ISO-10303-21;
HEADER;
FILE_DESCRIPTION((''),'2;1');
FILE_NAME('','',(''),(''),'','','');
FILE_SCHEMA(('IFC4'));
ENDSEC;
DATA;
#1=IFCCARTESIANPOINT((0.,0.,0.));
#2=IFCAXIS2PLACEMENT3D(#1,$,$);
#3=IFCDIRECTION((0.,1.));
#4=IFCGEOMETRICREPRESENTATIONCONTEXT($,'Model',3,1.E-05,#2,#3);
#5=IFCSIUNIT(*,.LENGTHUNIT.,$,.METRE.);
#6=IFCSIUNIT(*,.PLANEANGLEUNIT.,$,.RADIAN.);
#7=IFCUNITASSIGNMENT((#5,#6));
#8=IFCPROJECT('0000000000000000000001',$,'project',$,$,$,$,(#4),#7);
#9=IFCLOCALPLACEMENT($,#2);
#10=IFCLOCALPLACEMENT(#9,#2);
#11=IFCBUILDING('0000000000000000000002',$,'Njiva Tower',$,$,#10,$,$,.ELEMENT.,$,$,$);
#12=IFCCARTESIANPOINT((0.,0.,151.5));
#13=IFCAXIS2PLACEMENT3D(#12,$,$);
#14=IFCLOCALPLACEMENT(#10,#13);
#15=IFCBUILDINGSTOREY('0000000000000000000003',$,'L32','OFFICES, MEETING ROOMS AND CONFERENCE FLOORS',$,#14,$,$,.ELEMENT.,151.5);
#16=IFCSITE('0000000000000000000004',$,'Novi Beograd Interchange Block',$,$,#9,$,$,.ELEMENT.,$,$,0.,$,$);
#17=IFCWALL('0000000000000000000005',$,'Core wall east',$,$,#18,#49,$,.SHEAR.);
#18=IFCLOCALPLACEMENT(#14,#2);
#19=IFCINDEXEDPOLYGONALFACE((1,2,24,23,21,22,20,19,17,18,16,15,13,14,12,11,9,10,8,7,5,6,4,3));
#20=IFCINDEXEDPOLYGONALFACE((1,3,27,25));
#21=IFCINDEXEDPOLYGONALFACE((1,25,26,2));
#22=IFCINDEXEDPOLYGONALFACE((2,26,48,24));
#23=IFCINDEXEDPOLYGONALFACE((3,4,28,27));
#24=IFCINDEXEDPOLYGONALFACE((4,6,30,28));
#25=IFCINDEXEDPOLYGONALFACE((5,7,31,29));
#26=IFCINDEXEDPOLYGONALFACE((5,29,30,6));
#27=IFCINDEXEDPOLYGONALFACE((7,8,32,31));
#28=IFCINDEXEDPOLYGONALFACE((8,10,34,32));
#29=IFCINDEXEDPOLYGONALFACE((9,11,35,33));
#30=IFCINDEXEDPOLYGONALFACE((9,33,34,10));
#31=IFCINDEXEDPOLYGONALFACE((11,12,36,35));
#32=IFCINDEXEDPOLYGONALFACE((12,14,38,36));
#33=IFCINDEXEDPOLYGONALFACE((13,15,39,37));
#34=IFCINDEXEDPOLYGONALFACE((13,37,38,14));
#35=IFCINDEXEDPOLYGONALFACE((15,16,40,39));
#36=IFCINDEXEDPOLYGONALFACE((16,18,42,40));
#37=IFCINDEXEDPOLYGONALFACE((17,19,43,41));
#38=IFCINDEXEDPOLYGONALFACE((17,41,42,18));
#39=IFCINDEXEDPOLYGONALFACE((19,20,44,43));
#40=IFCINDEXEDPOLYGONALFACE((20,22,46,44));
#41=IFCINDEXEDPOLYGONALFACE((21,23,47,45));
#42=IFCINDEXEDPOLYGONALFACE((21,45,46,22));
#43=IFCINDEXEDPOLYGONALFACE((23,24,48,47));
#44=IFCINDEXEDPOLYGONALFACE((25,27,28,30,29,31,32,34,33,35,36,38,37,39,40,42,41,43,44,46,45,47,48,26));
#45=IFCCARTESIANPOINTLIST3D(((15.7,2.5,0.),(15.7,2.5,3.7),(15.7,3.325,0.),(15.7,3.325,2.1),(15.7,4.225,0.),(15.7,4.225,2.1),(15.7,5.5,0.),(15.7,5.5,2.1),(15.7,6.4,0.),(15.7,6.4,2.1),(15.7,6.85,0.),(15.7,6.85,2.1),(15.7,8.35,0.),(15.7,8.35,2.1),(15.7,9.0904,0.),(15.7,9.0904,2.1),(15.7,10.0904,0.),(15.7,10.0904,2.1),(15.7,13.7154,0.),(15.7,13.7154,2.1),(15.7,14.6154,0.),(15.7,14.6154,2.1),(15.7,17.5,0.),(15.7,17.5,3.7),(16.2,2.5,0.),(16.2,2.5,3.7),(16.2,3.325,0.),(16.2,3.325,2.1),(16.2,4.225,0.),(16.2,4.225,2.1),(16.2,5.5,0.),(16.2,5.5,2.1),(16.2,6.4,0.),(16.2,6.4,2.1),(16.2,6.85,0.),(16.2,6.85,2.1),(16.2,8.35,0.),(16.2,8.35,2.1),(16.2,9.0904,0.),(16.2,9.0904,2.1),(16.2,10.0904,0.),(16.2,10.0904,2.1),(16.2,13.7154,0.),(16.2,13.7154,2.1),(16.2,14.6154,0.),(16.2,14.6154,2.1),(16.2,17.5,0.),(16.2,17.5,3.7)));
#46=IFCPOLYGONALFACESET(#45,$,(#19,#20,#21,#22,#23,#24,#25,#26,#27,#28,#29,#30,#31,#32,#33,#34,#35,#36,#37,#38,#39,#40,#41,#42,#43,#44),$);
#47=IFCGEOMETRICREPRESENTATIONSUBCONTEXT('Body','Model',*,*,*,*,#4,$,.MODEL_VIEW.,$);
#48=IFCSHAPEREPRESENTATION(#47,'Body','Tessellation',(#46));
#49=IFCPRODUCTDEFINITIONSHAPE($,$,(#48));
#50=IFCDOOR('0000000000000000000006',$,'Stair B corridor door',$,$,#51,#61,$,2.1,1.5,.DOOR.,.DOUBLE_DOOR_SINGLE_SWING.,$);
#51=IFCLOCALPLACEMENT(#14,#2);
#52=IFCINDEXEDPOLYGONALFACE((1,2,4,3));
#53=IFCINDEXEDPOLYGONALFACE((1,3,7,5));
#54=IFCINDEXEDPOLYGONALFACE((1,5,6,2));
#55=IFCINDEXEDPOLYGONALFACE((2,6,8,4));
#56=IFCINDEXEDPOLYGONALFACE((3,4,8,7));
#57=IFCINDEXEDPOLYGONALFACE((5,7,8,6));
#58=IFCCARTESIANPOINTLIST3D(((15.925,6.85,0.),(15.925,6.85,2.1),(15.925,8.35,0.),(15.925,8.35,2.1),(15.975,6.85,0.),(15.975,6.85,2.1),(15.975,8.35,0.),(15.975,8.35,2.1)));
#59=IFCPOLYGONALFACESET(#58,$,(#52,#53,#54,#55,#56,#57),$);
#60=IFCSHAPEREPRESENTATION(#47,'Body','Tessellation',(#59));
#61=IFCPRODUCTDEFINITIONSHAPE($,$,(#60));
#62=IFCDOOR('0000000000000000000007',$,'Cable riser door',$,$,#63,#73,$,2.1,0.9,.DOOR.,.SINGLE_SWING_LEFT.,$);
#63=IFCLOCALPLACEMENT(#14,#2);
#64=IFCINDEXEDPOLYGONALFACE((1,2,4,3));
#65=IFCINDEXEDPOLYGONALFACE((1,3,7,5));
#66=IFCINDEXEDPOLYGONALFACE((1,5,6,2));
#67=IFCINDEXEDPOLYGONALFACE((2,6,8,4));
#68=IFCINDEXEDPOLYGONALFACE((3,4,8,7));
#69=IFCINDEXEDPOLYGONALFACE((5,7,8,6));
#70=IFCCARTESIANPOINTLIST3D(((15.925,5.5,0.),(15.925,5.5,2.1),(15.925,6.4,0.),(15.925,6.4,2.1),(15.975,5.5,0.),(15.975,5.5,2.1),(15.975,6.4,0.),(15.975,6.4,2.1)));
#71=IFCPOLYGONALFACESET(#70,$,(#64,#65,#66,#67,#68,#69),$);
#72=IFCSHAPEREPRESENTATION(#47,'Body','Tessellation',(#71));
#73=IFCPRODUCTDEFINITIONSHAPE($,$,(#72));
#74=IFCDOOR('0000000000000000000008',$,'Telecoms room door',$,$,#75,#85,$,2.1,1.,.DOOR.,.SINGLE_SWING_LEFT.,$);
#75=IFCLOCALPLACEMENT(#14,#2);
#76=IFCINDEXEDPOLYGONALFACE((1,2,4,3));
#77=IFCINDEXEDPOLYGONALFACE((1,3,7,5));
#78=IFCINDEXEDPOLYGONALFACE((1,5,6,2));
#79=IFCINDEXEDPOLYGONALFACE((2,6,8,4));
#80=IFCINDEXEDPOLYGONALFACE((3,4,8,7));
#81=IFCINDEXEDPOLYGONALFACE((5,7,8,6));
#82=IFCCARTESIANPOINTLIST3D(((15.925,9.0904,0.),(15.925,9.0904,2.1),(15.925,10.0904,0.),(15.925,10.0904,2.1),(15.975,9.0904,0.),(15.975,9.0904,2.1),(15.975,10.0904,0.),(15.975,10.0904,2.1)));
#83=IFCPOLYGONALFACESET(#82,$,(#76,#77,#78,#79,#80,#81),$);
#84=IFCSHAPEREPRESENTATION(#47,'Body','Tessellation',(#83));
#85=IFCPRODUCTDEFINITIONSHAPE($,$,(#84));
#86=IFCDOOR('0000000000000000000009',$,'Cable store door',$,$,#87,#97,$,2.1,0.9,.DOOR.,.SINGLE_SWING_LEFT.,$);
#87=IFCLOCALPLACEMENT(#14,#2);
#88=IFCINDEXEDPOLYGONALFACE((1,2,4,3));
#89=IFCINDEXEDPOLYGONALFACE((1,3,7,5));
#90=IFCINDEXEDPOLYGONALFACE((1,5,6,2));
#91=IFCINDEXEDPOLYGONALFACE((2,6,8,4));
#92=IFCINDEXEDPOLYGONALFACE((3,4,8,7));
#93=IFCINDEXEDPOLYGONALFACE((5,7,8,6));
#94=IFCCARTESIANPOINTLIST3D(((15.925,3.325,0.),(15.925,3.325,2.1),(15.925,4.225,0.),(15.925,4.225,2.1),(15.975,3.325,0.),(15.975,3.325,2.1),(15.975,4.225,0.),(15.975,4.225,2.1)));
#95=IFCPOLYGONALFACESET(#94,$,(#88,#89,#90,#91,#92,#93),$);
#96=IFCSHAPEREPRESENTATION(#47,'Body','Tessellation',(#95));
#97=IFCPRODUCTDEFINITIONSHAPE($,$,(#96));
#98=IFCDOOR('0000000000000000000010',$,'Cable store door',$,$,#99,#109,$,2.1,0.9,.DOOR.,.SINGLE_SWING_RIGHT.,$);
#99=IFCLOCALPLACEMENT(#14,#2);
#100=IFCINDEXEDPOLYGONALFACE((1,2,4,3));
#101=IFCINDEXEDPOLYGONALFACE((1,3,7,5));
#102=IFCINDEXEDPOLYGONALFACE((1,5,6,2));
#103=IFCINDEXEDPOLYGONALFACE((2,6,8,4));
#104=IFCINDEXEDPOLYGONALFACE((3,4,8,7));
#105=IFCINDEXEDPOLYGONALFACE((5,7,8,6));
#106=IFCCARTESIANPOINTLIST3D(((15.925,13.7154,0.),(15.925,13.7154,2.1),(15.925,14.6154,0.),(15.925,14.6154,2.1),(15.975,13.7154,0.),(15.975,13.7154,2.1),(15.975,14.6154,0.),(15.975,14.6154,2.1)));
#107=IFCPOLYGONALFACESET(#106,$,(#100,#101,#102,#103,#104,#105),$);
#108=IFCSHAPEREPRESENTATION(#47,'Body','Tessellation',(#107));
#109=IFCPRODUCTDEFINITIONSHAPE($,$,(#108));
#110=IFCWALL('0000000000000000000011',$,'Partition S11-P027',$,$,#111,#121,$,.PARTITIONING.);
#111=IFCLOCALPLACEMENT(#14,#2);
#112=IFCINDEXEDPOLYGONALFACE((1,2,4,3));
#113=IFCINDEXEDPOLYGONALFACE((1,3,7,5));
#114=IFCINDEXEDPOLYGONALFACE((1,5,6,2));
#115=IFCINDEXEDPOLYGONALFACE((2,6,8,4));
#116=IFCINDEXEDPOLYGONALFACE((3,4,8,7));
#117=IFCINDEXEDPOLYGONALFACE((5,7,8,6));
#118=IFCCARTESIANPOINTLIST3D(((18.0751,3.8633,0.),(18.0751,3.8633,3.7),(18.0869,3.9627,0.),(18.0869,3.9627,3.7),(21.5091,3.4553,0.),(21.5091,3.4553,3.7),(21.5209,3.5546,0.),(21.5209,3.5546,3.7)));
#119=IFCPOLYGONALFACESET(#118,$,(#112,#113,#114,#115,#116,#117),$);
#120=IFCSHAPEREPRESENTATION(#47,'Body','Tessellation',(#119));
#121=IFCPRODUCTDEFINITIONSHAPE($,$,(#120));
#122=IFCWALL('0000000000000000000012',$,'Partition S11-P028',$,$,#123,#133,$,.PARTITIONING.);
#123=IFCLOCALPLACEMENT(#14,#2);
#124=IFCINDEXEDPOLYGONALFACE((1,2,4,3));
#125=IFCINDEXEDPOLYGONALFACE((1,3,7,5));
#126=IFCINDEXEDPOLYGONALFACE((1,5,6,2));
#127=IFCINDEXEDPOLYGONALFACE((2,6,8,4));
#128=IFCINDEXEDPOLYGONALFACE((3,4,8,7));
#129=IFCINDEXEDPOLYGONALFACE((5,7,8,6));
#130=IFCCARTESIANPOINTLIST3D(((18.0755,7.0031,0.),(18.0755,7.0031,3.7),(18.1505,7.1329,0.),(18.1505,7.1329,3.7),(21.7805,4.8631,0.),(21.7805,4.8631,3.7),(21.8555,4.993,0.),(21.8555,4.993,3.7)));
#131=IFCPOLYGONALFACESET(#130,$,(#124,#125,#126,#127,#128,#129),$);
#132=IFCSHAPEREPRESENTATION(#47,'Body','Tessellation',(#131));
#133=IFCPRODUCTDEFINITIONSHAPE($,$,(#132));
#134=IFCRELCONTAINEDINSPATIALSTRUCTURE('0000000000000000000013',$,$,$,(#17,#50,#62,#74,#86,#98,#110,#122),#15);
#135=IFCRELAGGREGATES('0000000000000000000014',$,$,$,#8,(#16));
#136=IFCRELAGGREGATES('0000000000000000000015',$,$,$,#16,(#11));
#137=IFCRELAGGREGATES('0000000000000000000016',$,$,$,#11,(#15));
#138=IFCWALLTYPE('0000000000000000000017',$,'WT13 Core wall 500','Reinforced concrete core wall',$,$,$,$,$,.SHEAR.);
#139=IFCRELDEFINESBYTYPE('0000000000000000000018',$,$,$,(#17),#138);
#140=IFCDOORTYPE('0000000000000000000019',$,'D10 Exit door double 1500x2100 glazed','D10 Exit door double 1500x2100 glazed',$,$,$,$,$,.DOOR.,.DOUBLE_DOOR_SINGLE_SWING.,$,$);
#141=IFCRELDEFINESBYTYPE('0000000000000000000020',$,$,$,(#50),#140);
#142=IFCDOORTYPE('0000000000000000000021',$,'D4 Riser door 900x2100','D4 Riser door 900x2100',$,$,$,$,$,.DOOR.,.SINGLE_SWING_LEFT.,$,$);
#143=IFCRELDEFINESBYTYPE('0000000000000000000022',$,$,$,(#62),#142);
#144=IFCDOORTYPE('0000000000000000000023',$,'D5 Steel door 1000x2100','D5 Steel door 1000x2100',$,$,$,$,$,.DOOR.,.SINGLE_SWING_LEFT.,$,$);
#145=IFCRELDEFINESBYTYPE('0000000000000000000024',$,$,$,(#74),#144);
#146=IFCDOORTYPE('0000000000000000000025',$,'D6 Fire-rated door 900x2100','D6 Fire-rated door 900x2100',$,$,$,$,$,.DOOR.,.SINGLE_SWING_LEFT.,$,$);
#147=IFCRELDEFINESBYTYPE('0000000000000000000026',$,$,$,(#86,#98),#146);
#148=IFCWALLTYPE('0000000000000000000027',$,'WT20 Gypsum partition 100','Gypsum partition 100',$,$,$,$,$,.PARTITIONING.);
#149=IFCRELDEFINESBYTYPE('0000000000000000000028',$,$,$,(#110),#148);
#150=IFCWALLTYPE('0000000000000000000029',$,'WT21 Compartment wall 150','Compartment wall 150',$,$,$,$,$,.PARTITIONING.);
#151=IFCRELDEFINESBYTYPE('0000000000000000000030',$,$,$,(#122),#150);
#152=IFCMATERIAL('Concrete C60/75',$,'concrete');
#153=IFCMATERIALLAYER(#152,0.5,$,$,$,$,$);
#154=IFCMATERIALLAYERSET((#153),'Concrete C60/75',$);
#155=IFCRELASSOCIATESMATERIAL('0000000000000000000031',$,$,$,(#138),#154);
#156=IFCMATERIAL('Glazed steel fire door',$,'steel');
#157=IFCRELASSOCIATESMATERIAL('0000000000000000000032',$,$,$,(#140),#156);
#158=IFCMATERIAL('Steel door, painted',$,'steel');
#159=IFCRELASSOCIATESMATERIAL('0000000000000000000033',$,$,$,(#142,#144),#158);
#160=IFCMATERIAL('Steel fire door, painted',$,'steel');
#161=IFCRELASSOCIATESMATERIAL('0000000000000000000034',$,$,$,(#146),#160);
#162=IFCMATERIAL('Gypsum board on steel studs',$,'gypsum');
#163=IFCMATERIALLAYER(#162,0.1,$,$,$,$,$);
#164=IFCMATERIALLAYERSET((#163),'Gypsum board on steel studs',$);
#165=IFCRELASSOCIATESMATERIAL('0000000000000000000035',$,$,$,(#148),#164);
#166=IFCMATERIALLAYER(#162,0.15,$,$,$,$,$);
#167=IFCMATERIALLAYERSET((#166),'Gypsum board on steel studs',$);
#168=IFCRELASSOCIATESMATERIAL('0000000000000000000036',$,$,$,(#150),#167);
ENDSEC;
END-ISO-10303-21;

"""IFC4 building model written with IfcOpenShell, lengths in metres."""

from ifc_helpers import new_model, si_unit, direction, frame, frame_2d, origin, place, context, subcontext, project, spatial, rectangle, extrude, material, layer, layer_set, type_object, element, fill, save


model = new_model("IFC4")

# Units and contexts
model_context = context("Model", 3, precision=1e-05, world=origin(), true_north=direction((0.0, 1.0)))
body_context = subcontext(model_context, "Body", "Model", "MODEL_VIEW")
ifc_project = project(units=[si_unit("LENGTHUNIT", "METRE"), si_unit("PLANEANGLEUNIT", "RADIAN")], contexts=[model_context])

# Site, building, storey
site_placement = place(None, origin())
site = spatial("IfcSite", under=ifc_project, at=site_placement, Name="Novi Beograd Interchange Block", CompositionType="ELEMENT", RefElevation=0.0)
building_placement = place(site_placement, origin())
building = spatial("IfcBuilding", under=site, at=building_placement, Name="Njiva Tower", CompositionType="ELEMENT")
storey_placement = place(building_placement, frame((0.0, 0.0, 151.5)))
storey = spatial("IfcBuildingStorey", under=building, at=storey_placement, Name="L32", Description="OFFICES, MEETING ROOMS AND CONFERENCE FLOORS", CompositionType="ELEMENT", Elevation=151.5)

# Wall, openings, doors
ifc_material_1 = material(Name="Concrete C60/75", Category="concrete")
ifc_layer_1 = layer(ifc_material_1, 0.5)
ifc_layer_set_1 = layer_set([ifc_layer_1], Name="Concrete C60/75")
wall_type_1 = type_object("IfcWallType", Name="WT13 Core wall 500", Description="Reinforced concrete core wall", PredefinedType="SHEAR", material=ifc_layer_set_1)
wall_1_placement = place(storey_placement, frame((15.95, 2.5, 0.0), z_axis=(0.0, 0.0, 1.0), x_axis=(0.0, 1.0, 0.0)))
wall_1 = element("IfcWall", 1, at=wall_1_placement, inside=storey, type_object=wall_type_1, Name="Core wall east", PredefinedType="SHEAR", context=body_context, shape_type="SweptSolid", body=[
    extrude(rectangle(XDim=15.0, YDim=0.5, at=frame_2d((7.5, 0.0))), origin(), (0.0, 0.0, 1.0), 3.7),
])
opening_1_placement = place(wall_1_placement, frame((4.35, 0.0, 0.0)))
opening_1 = element("IfcOpeningElement", 2, at=opening_1_placement, cuts=wall_1, PredefinedType="OPENING", context=body_context, shape_type="SweptSolid", body=[
    extrude(rectangle(XDim=1.5, YDim=2.1, at=frame_2d((0.75, 1.05))), frame((0.0, 0.26, 0.0), z_axis=(0.0, -1.0, 0.0), x_axis=(1.0, 0.0, 0.0)), (0.0, 0.0, 1.0), 0.52),
])
opening_2_placement = place(wall_1_placement, frame((0.825, 0.0, 0.0)))
opening_2 = element("IfcOpeningElement", 3, at=opening_2_placement, cuts=wall_1, PredefinedType="OPENING", context=body_context, shape_type="SweptSolid", body=[
    extrude(rectangle(XDim=0.9, YDim=2.1, at=frame_2d((0.45, 1.05))), frame((0.0, 0.26, 0.0), z_axis=(0.0, -1.0, 0.0), x_axis=(1.0, 0.0, 0.0)), (0.0, 0.0, 1.0), 0.52),
])
opening_3_placement = place(wall_1_placement, frame((3.0, 0.0, 0.0)))
opening_3 = element("IfcOpeningElement", 4, at=opening_3_placement, cuts=wall_1, PredefinedType="OPENING", context=body_context, shape_type="SweptSolid", body=[
    extrude(rectangle(XDim=0.9, YDim=2.1, at=frame_2d((0.45, 1.05))), frame((0.0, 0.26, 0.0), z_axis=(0.0, -1.0, 0.0), x_axis=(1.0, 0.0, 0.0)), (0.0, 0.0, 1.0), 0.52),
])
opening_4_placement = place(wall_1_placement, frame((6.5904, 0.0, 0.0)))
opening_4 = element("IfcOpeningElement", 5, at=opening_4_placement, cuts=wall_1, PredefinedType="OPENING", context=body_context, shape_type="SweptSolid", body=[
    extrude(rectangle(XDim=1.0, YDim=2.1, at=frame_2d((0.5, 1.05))), frame((0.0, 0.26, 0.0), z_axis=(0.0, -1.0, 0.0), x_axis=(1.0, 0.0, 0.0)), (0.0, 0.0, 1.0), 0.52),
])
opening_5_placement = place(wall_1_placement, frame((11.2154, 0.0, 0.0)))
opening_5 = element("IfcOpeningElement", 6, at=opening_5_placement, cuts=wall_1, PredefinedType="OPENING", context=body_context, shape_type="SweptSolid", body=[
    extrude(rectangle(XDim=0.9, YDim=2.1, at=frame_2d((0.45, 1.05))), frame((0.0, 0.26, 0.0), z_axis=(0.0, -1.0, 0.0), x_axis=(1.0, 0.0, 0.0)), (0.0, 0.0, 1.0), 0.52),
])
ifc_material_2 = material(Name="Glazed steel fire door", Category="steel")
door_type_1 = type_object("IfcDoorType", Name="D10 Exit door double 1500x2100 glazed", Description="D10 Exit door double 1500x2100 glazed", OperationType="DOUBLE_DOOR_SINGLE_SWING", PredefinedType="DOOR", material=ifc_material_2)
door_1_placement = place(opening_1_placement, origin())
door_1 = element("IfcDoor", 7, at=door_1_placement, inside=storey, type_object=door_type_1, Name="Stair B corridor door", OperationType="DOUBLE_DOOR_SINGLE_SWING", OverallHeight=2.1, OverallWidth=1.5, PredefinedType="DOOR", context=body_context, shape_type="SweptSolid", body=[
    extrude(rectangle(XDim=1.5, YDim=2.1, at=frame_2d((0.75, 1.05))), frame((0.0, 0.025, 0.0), z_axis=(0.0, -1.0, 0.0), x_axis=(1.0, 0.0, 0.0)), (0.0, 0.0, 1.0), 0.05),
])
fill(opening_1, door_1)
ifc_material_3 = material(Name="Steel door, painted", Category="steel")
door_type_2 = type_object("IfcDoorType", Name="D4 Riser door 900x2100", Description="D4 Riser door 900x2100", OperationType="SINGLE_SWING_LEFT", PredefinedType="DOOR", material=ifc_material_3)
door_2_placement = place(opening_3_placement, origin())
door_2 = element("IfcDoor", 8, at=door_2_placement, inside=storey, type_object=door_type_2, Name="Cable riser door", OperationType="SINGLE_SWING_LEFT", OverallHeight=2.1, OverallWidth=0.9, PredefinedType="DOOR", context=body_context, shape_type="SweptSolid", body=[
    extrude(rectangle(XDim=0.9, YDim=2.1, at=frame_2d((0.45, 1.05))), frame((0.0, 0.025, 0.0), z_axis=(0.0, -1.0, 0.0), x_axis=(1.0, 0.0, 0.0)), (0.0, 0.0, 1.0), 0.05),
])
fill(opening_3, door_2)
door_type_3 = type_object("IfcDoorType", Name="D5 Steel door 1000x2100", Description="D5 Steel door 1000x2100", OperationType="SINGLE_SWING_LEFT", PredefinedType="DOOR", material=ifc_material_3)
door_3_placement = place(opening_4_placement, origin())
door_3 = element("IfcDoor", 9, at=door_3_placement, inside=storey, type_object=door_type_3, Name="Telecoms room door", OperationType="SINGLE_SWING_LEFT", OverallHeight=2.1, OverallWidth=1.0, PredefinedType="DOOR", context=body_context, shape_type="SweptSolid", body=[
    extrude(rectangle(XDim=1.0, YDim=2.1, at=frame_2d((0.5, 1.05))), frame((0.0, 0.025, 0.0), z_axis=(0.0, -1.0, 0.0), x_axis=(1.0, 0.0, 0.0)), (0.0, 0.0, 1.0), 0.05),
])
fill(opening_4, door_3)
ifc_material_4 = material(Name="Steel fire door, painted", Category="steel")
door_type_4 = type_object("IfcDoorType", Name="D6 Fire-rated door 900x2100", Description="D6 Fire-rated door 900x2100", OperationType="SINGLE_SWING_LEFT", PredefinedType="DOOR", material=ifc_material_4)
door_4_placement = place(opening_2_placement, origin())
door_4 = element("IfcDoor", 10, at=door_4_placement, inside=storey, type_object=door_type_4, Name="Cable store door", OperationType="SINGLE_SWING_LEFT", OverallHeight=2.1, OverallWidth=0.9, PredefinedType="DOOR", context=body_context, shape_type="SweptSolid", body=[
    extrude(rectangle(XDim=0.9, YDim=2.1, at=frame_2d((0.45, 1.05))), frame((0.0, 0.025, 0.0), z_axis=(0.0, -1.0, 0.0), x_axis=(1.0, 0.0, 0.0)), (0.0, 0.0, 1.0), 0.05),
])
fill(opening_2, door_4)
door_5_placement = place(opening_5_placement, origin())
door_5 = element("IfcDoor", 11, at=door_5_placement, inside=storey, type_object=door_type_4, Name="Cable store door", OperationType="SINGLE_SWING_RIGHT", OverallHeight=2.1, OverallWidth=0.9, PredefinedType="DOOR", context=body_context, shape_type="SweptSolid", body=[
    extrude(rectangle(XDim=0.9, YDim=2.1, at=frame_2d((0.45, 1.05))), frame((0.0, 0.025, 0.0), z_axis=(0.0, -1.0, 0.0), x_axis=(1.0, 0.0, 0.0)), (0.0, 0.0, 1.0), 0.05),
])
fill(opening_5, door_5)

# Walls
ifc_material_5 = material(Name="Gypsum board on steel studs", Category="gypsum")
ifc_layer_2 = layer(ifc_material_5, 0.1)
ifc_layer_set_2 = layer_set([ifc_layer_2], Name="Gypsum board on steel studs")
wall_type_2 = type_object("IfcWallType", Name="WT20 Gypsum partition 100", Description="Gypsum partition 100", PredefinedType="PARTITIONING", material=ifc_layer_set_2)
wall_2_placement = place(storey_placement, frame((18.081, 3.913, 0.0), z_axis=(0.0, 0.0, 1.0), x_axis=(0.993016, -0.117982, 0.0)))
element("IfcWall", 12, at=wall_2_placement, inside=storey, type_object=wall_type_2, Name="Partition S11-P027", PredefinedType="PARTITIONING", context=body_context, shape_type="SweptSolid", body=[
    extrude(rectangle(XDim=3.4582, YDim=0.1, at=frame_2d((1.7291, 0.0))), origin(), (0.0, 0.0, 1.0), 3.7),
])
ifc_layer_3 = layer(ifc_material_5, 0.15)
ifc_layer_set_3 = layer_set([ifc_layer_3], Name="Gypsum board on steel studs")
wall_type_3 = type_object("IfcWallType", Name="WT21 Compartment wall 150", Description="Compartment wall 150", PredefinedType="PARTITIONING", material=ifc_layer_set_3)
wall_3_placement = place(storey_placement, frame((18.113, 7.068, 0.0), z_axis=(0.0, 0.0, 1.0), x_axis=(0.865933, -0.500161, 0.0)))
element("IfcWall", 13, at=wall_3_placement, inside=storey, type_object=wall_type_3, Name="Partition S11-P028", PredefinedType="PARTITIONING", context=body_context, shape_type="SweptSolid", body=[
    extrude(rectangle(XDim=4.2786, YDim=0.15, at=frame_2d((2.1393, 0.0))), origin(), (0.0, 0.0, 1.0), 3.7),
])

save(model, "model.ifc")
